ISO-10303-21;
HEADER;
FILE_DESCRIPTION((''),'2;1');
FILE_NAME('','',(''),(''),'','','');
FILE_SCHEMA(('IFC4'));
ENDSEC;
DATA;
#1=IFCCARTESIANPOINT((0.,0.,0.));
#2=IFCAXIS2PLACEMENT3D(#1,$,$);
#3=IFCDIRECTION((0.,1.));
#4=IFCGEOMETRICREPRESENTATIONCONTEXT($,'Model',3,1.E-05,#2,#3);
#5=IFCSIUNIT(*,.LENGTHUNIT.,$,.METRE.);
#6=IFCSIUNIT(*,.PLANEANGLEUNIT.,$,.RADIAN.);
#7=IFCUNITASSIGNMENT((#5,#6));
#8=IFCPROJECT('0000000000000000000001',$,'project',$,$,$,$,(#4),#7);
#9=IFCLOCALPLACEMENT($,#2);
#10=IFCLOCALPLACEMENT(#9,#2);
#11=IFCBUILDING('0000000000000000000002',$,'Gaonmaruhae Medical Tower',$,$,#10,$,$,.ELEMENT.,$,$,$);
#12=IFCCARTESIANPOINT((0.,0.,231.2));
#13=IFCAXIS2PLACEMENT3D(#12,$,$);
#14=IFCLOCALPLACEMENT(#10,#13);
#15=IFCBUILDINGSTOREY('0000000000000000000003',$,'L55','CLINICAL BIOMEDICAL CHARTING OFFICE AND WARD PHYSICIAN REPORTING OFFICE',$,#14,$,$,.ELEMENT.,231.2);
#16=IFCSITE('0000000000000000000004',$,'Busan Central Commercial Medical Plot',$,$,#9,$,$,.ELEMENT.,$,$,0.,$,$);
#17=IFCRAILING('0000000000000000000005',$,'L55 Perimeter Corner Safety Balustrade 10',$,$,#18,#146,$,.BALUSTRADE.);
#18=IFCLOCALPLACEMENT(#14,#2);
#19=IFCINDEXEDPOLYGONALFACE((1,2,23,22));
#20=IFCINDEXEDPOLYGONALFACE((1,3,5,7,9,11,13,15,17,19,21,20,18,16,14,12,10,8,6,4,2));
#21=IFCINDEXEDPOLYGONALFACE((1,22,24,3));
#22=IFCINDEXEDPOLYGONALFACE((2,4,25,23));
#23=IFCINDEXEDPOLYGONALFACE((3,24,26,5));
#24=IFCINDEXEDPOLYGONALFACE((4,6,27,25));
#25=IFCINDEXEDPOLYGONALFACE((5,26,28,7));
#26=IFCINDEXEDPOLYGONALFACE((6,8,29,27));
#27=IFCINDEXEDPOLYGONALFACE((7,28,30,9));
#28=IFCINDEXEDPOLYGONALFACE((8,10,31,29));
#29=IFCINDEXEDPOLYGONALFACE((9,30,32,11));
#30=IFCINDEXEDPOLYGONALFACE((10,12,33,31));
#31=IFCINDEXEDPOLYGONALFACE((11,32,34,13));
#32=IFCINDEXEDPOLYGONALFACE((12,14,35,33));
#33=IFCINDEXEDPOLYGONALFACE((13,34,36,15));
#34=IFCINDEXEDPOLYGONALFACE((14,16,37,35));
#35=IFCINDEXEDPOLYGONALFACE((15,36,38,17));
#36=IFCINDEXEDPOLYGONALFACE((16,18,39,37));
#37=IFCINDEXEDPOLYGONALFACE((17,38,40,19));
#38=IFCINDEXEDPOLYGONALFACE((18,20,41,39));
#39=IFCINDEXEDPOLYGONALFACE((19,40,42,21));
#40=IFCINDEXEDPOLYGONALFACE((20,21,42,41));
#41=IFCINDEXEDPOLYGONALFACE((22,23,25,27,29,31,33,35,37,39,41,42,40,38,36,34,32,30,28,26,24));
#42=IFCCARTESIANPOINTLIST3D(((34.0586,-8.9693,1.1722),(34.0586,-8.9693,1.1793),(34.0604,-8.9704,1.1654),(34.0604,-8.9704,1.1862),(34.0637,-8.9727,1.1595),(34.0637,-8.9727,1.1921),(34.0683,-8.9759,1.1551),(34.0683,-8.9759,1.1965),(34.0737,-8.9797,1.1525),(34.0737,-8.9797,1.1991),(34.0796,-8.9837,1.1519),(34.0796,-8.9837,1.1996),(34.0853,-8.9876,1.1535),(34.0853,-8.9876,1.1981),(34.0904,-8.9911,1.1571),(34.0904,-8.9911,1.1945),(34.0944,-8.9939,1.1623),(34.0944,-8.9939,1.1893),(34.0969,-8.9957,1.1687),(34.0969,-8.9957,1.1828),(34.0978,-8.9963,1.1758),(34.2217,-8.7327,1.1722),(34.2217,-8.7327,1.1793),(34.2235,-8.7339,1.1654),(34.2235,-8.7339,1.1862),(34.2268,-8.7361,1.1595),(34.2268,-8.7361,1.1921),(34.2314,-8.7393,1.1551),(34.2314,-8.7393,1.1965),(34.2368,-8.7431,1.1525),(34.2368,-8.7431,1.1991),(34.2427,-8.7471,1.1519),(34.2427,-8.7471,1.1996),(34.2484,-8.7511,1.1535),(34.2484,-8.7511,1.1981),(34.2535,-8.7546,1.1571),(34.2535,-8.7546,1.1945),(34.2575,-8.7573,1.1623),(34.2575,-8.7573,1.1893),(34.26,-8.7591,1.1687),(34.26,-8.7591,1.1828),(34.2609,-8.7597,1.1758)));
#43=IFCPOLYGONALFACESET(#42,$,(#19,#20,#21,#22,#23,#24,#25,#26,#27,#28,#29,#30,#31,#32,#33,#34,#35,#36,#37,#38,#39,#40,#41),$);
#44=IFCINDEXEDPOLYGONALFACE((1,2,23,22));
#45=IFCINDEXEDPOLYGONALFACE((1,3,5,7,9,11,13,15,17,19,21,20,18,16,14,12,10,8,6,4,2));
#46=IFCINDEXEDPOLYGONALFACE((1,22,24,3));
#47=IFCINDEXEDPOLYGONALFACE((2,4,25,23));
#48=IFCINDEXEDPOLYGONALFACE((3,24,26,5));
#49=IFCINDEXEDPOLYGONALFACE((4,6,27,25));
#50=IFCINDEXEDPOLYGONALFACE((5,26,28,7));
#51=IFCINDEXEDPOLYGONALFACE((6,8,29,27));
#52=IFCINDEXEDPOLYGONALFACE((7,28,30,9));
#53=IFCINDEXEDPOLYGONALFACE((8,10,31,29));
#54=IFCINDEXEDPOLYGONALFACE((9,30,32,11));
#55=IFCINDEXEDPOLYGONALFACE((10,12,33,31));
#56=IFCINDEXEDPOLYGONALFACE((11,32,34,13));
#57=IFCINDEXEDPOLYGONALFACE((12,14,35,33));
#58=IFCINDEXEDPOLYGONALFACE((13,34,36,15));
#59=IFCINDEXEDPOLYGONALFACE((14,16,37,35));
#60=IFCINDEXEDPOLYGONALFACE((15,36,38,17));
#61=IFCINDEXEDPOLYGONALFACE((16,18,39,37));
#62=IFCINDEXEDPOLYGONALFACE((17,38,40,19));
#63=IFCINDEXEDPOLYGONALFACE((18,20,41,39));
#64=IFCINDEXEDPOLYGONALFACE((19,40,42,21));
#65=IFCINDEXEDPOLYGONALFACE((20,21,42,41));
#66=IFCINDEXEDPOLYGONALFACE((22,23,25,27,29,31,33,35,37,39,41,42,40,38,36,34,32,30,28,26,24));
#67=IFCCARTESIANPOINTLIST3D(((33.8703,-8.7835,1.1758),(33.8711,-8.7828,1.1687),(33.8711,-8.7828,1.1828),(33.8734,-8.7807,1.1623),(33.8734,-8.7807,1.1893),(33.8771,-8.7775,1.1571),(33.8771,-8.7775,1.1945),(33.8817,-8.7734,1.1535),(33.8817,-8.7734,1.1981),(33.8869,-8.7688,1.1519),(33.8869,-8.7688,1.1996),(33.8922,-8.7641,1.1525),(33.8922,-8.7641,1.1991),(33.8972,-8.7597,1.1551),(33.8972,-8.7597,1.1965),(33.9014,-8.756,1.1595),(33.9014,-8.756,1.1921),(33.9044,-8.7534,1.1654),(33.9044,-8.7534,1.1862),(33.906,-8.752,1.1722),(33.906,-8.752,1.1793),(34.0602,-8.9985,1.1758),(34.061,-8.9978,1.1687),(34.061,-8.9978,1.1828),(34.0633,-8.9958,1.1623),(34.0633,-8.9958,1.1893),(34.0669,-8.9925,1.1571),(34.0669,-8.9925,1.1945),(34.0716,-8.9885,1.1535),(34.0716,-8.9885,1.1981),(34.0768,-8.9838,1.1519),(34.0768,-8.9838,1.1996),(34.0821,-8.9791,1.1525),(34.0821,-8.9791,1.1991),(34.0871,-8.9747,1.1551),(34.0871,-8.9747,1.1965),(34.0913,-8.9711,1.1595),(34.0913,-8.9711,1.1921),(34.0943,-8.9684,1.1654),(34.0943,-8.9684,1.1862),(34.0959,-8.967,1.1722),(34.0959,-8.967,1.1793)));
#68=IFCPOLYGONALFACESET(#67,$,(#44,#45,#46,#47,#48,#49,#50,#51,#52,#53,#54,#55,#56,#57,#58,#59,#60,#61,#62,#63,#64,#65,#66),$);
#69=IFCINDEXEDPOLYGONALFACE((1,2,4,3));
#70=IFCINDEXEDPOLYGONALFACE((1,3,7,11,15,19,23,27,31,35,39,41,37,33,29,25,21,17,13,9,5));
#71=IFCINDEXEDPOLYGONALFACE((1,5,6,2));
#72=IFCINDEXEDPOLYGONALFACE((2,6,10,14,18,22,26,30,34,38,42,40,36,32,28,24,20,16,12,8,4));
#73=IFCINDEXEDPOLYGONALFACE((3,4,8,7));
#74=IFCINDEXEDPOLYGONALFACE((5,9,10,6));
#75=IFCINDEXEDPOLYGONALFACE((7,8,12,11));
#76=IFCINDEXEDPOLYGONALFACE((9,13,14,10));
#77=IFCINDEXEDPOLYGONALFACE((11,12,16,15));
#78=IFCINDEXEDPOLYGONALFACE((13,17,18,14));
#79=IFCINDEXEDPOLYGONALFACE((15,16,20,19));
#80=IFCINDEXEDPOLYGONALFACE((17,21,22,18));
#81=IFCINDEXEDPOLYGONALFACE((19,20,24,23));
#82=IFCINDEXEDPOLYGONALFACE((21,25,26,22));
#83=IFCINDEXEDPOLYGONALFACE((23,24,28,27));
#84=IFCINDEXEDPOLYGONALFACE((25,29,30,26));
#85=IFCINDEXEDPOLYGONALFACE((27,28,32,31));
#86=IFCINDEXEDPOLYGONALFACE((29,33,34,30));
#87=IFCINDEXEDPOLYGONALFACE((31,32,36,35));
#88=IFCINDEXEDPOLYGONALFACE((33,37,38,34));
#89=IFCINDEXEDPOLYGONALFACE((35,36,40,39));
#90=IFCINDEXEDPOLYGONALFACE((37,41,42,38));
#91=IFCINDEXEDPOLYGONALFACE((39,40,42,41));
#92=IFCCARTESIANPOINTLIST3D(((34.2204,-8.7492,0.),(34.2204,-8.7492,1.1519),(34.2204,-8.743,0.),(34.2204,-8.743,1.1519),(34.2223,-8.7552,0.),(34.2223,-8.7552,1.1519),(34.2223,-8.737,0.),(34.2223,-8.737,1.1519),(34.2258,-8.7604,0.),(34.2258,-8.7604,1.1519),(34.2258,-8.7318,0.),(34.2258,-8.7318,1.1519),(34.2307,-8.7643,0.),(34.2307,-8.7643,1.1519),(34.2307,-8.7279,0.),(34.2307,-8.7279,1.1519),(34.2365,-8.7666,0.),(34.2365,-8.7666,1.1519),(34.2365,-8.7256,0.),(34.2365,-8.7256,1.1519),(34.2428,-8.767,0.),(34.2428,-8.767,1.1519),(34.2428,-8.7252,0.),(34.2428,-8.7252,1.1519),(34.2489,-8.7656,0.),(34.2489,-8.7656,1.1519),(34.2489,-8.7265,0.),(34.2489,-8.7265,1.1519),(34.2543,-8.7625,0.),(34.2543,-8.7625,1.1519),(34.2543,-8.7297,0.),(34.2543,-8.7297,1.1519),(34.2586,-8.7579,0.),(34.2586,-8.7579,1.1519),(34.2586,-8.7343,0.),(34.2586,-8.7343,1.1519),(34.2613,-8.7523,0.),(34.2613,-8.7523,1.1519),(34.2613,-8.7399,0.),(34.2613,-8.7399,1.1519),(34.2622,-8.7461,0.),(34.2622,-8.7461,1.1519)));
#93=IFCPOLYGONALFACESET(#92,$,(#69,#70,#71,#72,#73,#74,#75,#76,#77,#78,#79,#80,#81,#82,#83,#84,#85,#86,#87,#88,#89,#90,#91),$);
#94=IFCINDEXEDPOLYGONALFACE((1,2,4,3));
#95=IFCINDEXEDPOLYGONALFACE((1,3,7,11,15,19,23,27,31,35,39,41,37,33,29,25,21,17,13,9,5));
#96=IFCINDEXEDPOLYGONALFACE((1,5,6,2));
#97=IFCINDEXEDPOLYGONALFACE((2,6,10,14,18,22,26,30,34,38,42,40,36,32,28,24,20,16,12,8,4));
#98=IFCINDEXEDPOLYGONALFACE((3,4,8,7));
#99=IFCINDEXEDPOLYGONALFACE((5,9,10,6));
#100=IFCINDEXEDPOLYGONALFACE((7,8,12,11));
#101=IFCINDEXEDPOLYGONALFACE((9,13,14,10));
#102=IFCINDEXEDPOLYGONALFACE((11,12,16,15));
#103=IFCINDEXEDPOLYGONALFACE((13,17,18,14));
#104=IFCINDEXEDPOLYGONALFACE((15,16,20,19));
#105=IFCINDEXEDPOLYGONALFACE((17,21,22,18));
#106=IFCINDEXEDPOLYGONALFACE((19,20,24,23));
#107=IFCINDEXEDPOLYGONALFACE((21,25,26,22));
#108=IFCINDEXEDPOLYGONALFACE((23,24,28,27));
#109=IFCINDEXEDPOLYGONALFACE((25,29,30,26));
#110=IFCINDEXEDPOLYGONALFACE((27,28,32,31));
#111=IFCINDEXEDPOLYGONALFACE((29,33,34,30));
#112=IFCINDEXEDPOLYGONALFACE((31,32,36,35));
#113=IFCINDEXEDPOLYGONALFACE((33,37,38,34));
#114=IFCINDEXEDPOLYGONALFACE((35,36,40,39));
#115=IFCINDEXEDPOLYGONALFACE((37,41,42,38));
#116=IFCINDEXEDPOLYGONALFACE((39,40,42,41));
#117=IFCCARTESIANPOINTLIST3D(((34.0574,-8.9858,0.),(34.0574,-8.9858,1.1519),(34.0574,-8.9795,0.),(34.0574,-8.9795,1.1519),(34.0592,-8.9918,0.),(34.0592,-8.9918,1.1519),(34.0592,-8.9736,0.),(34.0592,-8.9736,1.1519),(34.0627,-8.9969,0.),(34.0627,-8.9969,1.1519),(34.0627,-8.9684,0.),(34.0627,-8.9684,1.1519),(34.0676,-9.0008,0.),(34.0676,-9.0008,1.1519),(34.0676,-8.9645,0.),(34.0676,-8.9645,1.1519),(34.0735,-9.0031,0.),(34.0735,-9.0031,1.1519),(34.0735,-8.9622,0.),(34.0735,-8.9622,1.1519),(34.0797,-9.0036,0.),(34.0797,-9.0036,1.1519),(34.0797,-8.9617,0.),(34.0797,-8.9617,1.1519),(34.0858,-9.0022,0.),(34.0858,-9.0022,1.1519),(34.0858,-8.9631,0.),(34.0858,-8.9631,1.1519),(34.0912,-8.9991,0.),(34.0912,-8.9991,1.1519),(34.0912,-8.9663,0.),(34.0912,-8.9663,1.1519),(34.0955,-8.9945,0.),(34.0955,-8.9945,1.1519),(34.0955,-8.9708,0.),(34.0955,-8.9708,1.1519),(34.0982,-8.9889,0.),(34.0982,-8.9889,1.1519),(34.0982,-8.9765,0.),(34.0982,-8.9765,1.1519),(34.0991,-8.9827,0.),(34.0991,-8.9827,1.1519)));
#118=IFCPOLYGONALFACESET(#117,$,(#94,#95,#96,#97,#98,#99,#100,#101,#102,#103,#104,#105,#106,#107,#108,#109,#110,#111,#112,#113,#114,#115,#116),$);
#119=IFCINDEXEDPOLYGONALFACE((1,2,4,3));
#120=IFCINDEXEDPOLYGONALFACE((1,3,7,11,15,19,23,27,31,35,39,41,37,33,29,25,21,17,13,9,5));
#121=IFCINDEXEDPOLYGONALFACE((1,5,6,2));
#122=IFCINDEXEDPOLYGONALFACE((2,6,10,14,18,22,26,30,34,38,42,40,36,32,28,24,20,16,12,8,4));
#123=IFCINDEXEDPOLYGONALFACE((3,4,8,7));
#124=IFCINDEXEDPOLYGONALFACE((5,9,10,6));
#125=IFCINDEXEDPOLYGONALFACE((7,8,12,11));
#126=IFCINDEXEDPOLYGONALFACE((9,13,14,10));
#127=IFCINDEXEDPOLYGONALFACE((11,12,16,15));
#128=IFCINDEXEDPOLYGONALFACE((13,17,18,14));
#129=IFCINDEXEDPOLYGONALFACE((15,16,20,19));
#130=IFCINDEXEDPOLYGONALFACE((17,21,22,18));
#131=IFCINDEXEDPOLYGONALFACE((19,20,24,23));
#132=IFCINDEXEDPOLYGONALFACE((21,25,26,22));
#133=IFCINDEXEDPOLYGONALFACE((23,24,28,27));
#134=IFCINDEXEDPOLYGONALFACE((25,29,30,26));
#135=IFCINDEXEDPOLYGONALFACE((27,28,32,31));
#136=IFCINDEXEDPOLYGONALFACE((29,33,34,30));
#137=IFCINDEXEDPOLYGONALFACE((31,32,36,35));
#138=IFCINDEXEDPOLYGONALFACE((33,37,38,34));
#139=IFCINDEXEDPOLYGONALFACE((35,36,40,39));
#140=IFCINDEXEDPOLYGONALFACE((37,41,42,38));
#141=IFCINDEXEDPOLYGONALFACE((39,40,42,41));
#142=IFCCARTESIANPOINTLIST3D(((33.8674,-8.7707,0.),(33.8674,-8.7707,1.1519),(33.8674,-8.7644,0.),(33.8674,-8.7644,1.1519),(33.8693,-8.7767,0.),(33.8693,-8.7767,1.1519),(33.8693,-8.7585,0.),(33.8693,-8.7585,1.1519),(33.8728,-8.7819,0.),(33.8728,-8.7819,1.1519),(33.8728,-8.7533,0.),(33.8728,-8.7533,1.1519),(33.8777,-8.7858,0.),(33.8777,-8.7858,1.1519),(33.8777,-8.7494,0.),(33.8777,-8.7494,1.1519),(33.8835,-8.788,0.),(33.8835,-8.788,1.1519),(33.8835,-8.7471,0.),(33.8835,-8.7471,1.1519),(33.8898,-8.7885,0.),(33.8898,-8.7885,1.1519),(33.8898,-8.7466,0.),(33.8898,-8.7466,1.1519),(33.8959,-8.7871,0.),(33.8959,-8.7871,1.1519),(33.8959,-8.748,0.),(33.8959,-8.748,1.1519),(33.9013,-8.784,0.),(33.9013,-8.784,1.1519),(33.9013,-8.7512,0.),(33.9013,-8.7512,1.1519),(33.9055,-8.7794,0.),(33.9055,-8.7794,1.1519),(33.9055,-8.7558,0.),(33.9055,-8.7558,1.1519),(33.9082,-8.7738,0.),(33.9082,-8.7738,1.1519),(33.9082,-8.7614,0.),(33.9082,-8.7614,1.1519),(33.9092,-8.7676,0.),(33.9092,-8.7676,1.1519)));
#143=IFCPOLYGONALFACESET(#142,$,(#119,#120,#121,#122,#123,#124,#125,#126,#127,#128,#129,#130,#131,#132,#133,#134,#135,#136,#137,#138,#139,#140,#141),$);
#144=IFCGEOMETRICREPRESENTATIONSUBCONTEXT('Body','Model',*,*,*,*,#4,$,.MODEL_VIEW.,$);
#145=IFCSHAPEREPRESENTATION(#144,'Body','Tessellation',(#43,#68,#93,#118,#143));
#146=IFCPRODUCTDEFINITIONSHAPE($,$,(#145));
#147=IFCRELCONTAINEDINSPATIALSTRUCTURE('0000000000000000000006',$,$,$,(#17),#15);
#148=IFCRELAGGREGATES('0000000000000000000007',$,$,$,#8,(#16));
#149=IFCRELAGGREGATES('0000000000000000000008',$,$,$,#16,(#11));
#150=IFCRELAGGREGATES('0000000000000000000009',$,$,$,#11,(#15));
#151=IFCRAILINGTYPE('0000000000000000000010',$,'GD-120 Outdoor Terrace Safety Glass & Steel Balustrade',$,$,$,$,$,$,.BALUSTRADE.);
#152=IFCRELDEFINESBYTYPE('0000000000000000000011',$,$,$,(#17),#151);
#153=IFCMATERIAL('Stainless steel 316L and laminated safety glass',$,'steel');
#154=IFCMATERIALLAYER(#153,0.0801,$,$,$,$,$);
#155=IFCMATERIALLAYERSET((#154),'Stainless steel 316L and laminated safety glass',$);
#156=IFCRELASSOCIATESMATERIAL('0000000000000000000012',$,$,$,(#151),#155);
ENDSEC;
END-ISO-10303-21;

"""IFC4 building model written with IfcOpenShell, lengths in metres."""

from ifc_helpers import new_model, si_unit, direction, frame, origin, origin_2d, place, context, subcontext, project, spatial, circle, extrude, material, layer, layer_set, type_object, element, save


model = new_model("IFC4")

# Units and contexts
model_context = context("Model", 3, precision=1e-05, world=origin(), true_north=direction((0.0, 1.0)))
body_context = subcontext(model_context, "Body", "Model", "MODEL_VIEW")
ifc_project = project(units=[si_unit("LENGTHUNIT", "METRE"), si_unit("PLANEANGLEUNIT", "RADIAN")], contexts=[model_context])

# Site, building, storey
site_placement = place(None, origin())
site = spatial("IfcSite", under=ifc_project, at=site_placement, Name="Busan Central Commercial Medical Plot", CompositionType="ELEMENT", RefElevation=0.0)
building_placement = place(site_placement, origin())
building = spatial("IfcBuilding", under=site, at=building_placement, Name="Gaonmaruhae Medical Tower", CompositionType="ELEMENT")
storey_placement = place(building_placement, frame((0.0, 0.0, 231.2)))
storey = spatial("IfcBuildingStorey", under=building, at=storey_placement, Name="L55", Description="CLINICAL BIOMEDICAL CHARTING OFFICE AND WARD PHYSICIAN REPORTING OFFICE", CompositionType="ELEMENT", Elevation=231.2)

# Railing
ifc_material_1 = material(Name="Stainless steel 316L and laminated safety glass", Category="steel")
ifc_layer_1 = layer(ifc_material_1, 0.0801)
ifc_layer_set_1 = layer_set([ifc_layer_1], Name="Stainless steel 316L and laminated safety glass")
railing_type = type_object("IfcRailingType", Name="GD-120 Outdoor Terrace Safety Glass & Steel Balustrade", PredefinedType="BALUSTRADE", material=ifc_layer_set_1)
railing_1_placement = place(storey_placement, frame((34.2412, -8.7461, 0.0)))
element("IfcRailing", 1, at=railing_1_placement, inside=storey, type_object=railing_type, Name="L55 Perimeter Corner Safety Balustrade 10", PredefinedType="BALUSTRADE", context=body_context, shape_type="SweptSolid", body=[
    extrude(circle(Radius=0.0239, at=origin_2d()), frame((0.0, 0.0, 1.1758), z_axis=(-0.567574, -0.823322, 0.0), x_axis=(0.823322, -0.567574, 0.0)), (0.0, 0.0, 1.0), 0.2874),
    extrude(circle(Radius=0.0239, at=origin_2d()), frame((-0.1631, -0.2366, 1.1758), z_axis=(-0.661931, 0.749565, 0.0), x_axis=(-0.749565, -0.661931, 0.0)), (0.0, 0.0, 1.0), 0.2869),
    extrude(circle(Radius=0.021, at=origin_2d()), origin(), (0.0, 0.0, 1.0), 1.1519),
    extrude(circle(Radius=0.021, at=origin_2d()), frame((-0.1631, -0.2366, 0.0)), (0.0, 0.0, 1.0), 1.1519),
    extrude(circle(Radius=0.021, at=origin_2d()), frame((-0.353, -0.0215, 0.0)), (0.0, 0.0, 1.0), 1.1519),
])

save(model, "model.ifc")
